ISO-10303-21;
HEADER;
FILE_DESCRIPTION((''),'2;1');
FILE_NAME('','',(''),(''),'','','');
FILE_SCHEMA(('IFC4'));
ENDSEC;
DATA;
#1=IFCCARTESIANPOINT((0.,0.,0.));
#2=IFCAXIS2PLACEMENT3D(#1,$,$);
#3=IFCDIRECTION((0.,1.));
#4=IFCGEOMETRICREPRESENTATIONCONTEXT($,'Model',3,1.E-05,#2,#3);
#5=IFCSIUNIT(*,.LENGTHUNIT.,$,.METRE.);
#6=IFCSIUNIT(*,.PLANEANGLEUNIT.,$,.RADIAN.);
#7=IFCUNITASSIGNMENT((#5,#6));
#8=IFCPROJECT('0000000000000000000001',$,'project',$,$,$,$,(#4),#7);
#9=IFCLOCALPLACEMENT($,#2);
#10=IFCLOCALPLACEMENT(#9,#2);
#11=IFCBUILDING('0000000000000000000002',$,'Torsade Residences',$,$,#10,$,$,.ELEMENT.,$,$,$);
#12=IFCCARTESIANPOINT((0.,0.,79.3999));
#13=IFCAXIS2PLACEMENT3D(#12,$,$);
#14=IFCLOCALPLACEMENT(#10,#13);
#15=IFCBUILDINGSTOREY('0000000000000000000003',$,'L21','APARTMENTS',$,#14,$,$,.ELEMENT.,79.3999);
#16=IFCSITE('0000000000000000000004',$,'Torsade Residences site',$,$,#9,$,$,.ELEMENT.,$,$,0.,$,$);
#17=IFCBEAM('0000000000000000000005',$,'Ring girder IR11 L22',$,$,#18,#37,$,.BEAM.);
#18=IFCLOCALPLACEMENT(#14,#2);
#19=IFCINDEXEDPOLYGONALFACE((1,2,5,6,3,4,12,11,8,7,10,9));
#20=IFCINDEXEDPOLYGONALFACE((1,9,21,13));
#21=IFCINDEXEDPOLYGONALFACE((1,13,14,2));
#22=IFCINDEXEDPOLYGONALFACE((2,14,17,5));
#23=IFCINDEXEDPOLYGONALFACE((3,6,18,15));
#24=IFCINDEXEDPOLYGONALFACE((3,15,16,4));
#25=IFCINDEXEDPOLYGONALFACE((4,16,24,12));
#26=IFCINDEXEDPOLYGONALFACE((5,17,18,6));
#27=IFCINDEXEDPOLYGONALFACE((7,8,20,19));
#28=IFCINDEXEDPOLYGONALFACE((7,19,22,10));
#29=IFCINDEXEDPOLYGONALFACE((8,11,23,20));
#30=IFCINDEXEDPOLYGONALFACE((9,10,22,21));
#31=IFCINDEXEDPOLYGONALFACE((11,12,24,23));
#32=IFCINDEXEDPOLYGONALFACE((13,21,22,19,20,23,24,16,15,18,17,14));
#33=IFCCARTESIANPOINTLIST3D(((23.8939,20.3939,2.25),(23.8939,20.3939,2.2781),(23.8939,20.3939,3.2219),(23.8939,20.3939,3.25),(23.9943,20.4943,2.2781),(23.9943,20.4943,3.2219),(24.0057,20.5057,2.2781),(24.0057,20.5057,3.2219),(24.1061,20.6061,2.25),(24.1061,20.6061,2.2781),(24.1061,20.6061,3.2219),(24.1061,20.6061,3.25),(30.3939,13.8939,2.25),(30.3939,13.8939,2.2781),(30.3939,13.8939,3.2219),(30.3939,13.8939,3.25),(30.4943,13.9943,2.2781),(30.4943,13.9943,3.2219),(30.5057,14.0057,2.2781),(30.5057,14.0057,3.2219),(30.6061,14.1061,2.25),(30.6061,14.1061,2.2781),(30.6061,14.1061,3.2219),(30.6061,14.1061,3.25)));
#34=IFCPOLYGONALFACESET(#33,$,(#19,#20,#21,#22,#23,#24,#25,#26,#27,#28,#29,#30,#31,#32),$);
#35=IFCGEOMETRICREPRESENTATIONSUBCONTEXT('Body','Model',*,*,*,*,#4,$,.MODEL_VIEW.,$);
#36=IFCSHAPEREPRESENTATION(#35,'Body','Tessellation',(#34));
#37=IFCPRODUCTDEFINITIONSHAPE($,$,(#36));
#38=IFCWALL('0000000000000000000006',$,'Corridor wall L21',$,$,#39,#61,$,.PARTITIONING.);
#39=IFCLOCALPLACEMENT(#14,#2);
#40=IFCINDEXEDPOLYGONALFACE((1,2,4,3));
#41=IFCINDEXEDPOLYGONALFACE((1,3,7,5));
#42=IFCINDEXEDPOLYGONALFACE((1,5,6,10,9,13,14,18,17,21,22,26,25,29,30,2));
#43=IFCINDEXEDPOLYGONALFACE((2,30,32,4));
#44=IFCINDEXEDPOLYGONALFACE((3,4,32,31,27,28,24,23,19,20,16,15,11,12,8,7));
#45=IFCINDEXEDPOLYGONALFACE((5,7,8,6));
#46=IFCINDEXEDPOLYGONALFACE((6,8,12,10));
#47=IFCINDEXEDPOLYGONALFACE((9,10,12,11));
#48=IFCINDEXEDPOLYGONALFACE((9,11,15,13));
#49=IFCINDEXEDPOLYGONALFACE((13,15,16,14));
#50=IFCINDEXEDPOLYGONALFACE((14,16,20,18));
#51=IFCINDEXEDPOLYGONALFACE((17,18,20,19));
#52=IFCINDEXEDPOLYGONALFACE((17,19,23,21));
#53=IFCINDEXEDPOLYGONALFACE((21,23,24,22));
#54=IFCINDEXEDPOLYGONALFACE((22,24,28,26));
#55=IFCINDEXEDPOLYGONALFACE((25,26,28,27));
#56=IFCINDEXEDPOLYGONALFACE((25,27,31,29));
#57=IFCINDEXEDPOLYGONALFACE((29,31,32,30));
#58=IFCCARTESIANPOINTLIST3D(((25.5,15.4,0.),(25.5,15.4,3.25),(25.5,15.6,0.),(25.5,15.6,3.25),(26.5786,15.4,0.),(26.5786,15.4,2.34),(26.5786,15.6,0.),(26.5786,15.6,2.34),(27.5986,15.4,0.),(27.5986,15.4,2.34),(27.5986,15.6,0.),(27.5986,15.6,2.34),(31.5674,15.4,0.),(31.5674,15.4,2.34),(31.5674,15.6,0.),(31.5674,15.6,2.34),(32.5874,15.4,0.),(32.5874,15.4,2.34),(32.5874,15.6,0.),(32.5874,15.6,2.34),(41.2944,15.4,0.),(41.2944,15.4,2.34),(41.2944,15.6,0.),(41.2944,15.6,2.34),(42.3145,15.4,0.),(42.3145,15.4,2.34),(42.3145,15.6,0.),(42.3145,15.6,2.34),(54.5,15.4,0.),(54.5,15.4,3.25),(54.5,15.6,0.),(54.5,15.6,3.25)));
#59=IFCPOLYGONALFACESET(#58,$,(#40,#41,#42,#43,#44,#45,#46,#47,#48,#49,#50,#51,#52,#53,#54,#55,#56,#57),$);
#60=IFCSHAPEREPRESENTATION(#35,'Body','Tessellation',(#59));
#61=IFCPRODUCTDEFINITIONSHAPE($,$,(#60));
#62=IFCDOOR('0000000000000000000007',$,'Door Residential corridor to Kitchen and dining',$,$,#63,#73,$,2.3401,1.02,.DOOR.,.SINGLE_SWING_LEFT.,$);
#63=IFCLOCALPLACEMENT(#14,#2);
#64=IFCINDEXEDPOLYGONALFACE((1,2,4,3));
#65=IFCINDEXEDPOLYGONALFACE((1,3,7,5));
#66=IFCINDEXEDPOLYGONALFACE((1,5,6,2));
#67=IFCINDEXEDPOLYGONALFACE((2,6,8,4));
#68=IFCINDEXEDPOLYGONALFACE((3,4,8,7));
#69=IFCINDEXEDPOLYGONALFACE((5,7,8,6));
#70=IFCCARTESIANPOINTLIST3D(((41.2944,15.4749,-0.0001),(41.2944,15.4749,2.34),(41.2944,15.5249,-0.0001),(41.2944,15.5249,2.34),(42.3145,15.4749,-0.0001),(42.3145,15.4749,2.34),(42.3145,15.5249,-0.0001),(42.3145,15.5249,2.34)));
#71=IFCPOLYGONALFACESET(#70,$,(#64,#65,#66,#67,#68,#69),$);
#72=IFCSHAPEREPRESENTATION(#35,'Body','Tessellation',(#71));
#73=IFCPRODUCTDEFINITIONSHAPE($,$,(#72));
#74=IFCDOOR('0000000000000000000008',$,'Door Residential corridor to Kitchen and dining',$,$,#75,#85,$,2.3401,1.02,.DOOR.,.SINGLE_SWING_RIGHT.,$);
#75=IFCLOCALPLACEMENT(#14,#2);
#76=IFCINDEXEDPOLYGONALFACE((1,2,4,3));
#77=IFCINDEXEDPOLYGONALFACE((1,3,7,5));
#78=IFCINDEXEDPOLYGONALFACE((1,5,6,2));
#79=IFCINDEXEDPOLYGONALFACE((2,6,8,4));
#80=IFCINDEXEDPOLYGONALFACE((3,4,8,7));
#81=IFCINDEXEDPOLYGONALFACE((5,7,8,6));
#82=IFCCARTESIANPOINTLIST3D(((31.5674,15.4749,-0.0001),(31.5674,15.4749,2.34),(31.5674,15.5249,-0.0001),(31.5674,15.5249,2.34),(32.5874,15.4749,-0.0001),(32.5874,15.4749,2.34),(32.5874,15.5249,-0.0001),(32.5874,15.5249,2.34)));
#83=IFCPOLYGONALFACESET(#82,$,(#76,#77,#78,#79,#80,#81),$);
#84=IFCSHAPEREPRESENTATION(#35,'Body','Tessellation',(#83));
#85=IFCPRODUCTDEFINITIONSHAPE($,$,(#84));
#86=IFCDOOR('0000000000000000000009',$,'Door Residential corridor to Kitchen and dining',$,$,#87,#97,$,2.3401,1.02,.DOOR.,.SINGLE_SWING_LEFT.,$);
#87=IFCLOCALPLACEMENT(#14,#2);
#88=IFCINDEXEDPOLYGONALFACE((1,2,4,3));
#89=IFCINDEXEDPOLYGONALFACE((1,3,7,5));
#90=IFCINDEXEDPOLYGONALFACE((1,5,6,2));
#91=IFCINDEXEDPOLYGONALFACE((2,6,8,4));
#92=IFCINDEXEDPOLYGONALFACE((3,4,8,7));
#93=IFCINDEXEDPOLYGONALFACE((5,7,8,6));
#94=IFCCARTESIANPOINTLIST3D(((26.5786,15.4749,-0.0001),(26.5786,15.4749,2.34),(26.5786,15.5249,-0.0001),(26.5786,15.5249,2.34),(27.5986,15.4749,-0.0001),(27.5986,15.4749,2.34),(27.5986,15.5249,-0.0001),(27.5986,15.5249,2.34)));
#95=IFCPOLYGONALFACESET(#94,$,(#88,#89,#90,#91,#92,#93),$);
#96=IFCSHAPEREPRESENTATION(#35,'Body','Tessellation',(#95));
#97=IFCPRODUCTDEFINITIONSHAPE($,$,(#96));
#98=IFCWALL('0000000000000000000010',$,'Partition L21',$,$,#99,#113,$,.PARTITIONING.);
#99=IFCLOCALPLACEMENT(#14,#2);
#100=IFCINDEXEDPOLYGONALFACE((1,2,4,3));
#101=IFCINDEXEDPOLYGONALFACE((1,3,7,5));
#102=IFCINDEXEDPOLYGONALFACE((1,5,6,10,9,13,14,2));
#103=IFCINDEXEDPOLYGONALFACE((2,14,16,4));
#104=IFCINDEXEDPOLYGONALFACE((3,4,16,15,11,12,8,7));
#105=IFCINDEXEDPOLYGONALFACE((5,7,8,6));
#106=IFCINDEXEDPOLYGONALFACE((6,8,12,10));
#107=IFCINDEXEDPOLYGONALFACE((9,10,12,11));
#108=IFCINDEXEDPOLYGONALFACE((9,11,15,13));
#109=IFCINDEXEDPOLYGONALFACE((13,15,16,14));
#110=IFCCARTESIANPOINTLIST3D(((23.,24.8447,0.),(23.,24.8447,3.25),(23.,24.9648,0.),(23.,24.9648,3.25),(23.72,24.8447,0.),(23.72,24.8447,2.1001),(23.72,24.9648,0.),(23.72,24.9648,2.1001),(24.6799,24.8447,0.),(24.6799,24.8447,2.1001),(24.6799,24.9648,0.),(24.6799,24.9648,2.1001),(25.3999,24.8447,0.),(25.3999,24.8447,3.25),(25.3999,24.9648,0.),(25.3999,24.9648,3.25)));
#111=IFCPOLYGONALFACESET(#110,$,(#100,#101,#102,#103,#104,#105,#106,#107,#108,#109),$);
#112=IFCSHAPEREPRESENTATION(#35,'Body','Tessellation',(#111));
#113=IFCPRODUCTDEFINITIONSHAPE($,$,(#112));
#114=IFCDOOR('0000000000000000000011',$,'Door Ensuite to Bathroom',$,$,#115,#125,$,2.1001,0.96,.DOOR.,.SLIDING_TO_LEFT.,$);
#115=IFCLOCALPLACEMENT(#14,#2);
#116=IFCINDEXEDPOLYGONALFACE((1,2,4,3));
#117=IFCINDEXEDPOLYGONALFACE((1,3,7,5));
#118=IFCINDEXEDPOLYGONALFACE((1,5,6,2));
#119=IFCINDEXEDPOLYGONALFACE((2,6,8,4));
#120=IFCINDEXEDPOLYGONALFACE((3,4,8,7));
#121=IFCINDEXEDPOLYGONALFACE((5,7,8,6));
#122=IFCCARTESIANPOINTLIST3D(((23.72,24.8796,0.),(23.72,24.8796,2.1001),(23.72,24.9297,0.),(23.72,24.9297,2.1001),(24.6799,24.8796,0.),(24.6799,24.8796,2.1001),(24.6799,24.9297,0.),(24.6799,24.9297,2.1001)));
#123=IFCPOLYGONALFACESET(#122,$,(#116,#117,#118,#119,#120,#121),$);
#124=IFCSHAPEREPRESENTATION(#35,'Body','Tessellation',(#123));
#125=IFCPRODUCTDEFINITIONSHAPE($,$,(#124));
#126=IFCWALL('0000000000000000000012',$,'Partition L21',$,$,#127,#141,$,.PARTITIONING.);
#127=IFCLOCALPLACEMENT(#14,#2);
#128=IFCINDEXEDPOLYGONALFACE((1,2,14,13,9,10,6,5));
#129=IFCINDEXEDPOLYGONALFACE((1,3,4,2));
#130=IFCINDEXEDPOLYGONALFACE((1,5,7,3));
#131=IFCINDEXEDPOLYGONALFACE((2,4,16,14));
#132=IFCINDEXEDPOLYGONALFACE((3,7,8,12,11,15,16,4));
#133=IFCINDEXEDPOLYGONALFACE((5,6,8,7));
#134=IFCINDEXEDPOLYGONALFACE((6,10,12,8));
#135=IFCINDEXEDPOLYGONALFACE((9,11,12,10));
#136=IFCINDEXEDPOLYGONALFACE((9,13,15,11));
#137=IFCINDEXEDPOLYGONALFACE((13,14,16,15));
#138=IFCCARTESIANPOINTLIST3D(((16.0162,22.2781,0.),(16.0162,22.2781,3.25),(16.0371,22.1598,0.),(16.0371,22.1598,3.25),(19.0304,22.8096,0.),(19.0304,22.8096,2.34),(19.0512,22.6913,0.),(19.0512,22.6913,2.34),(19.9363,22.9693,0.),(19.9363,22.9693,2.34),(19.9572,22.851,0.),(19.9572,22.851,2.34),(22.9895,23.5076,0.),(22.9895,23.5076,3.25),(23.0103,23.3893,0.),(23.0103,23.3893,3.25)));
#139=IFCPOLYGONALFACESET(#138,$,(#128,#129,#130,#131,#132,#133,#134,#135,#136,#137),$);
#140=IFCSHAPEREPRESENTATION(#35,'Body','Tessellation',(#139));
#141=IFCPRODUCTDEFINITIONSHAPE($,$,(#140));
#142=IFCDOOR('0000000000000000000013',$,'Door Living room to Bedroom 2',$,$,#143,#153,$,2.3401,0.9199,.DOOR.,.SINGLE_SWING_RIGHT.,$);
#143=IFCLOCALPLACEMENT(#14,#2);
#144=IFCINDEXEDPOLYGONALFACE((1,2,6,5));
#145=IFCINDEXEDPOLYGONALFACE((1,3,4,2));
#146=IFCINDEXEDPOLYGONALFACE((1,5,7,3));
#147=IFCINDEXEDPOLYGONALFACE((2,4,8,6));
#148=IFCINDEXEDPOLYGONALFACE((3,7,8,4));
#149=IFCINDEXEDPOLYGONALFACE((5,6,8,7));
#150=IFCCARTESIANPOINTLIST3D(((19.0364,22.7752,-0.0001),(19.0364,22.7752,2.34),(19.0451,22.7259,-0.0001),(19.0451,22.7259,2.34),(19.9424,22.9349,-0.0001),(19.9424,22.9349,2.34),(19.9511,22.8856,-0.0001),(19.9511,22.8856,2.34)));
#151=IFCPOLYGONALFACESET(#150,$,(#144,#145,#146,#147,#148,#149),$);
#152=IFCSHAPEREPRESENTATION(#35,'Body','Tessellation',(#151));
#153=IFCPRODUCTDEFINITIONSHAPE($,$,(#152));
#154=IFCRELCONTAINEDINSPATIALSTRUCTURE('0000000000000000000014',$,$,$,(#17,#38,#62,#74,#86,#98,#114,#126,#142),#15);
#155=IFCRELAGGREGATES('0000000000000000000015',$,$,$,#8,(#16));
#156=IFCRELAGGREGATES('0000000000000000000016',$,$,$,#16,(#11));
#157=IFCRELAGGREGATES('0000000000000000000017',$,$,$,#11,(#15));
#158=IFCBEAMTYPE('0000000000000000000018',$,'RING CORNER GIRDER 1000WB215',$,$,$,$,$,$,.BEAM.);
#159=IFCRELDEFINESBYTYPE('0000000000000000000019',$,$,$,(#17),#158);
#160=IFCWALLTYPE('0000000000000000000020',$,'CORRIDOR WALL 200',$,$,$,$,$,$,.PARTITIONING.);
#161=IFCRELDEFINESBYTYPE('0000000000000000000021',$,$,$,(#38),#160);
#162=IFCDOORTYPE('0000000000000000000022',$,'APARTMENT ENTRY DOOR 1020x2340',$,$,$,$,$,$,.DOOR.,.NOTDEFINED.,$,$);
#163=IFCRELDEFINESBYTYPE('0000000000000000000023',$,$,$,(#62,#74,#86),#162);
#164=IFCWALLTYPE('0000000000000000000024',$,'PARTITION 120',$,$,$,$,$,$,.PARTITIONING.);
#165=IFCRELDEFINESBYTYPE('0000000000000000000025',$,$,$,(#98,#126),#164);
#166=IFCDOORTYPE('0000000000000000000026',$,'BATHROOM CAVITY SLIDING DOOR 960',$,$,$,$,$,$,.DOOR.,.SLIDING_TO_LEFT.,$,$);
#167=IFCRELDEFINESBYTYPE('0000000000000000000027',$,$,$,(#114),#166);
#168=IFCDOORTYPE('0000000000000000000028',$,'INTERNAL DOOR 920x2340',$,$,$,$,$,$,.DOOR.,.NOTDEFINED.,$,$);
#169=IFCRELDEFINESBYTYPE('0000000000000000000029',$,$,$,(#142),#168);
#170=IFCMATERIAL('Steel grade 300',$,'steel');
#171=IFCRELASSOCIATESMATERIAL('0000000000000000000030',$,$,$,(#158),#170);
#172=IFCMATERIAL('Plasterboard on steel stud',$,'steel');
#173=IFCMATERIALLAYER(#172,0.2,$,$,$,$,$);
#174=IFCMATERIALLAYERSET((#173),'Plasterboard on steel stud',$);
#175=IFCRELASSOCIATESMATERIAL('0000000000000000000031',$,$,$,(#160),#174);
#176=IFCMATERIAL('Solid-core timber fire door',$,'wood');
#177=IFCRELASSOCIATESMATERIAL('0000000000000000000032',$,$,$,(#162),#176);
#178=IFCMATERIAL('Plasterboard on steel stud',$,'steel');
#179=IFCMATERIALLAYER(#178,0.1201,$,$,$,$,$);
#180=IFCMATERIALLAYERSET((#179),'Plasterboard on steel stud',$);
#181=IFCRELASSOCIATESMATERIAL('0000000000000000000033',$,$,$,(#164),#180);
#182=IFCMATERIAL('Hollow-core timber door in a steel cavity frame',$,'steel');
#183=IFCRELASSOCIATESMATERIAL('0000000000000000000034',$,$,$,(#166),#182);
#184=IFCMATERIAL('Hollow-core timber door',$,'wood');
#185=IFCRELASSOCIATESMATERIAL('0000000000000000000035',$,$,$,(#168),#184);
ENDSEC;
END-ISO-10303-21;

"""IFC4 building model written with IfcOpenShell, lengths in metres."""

from ifc_helpers import new_model, si_unit, direction, frame, frame_2d, origin, origin_2d, place, context, subcontext, project, spatial, rectangle, i_section, extrude, material, layer, layer_set, material_profile, profile_set, type_object, element, fill, save


model = new_model("IFC4")

# Units and contexts
model_context = context("Model", 3, precision=1e-05, world=origin(), true_north=direction((0.0, 1.0)))
body_context = subcontext(model_context, "Body", "Model", "MODEL_VIEW")
ifc_project = project(units=[si_unit("LENGTHUNIT", "METRE"), si_unit("PLANEANGLEUNIT", "RADIAN")], contexts=[model_context])

# Site, building, storey
site_placement = place(None, origin())
site = spatial("IfcSite", under=ifc_project, at=site_placement, Name="Torsade Residences site", CompositionType="ELEMENT", RefElevation=0.0)
building_placement = place(site_placement, origin())
building = spatial("IfcBuilding", under=site, at=building_placement, Name="Torsade Residences", CompositionType="ELEMENT")
storey_placement = place(building_placement, frame((0.0, 0.0, 79.3999)))
storey = spatial("IfcBuildingStorey", under=building, at=storey_placement, Name="L21", Description="APARTMENTS", CompositionType="ELEMENT", Elevation=79.3999)

# Beam
ifc_material_1 = material(Name="Steel grade 300", Category="steel")
ifc_material_profile_1 = material_profile(ifc_material_1, i_section(OverallWidth=0.3, OverallDepth=1.0, WebThickness=0.0161, FlangeThickness=0.0281, at=origin_2d()), Name="1000WB215")
ifc_profile_set_1 = profile_set([ifc_material_profile_1], Name="Steel grade 300")
beam_type_1 = type_object("IfcBeamType", Name="RING CORNER GIRDER 1000WB215", PredefinedType="BEAM", material=ifc_profile_set_1)
beam_1_placement = place(storey_placement, frame((24.0, 20.5, 2.75), z_axis=(0.707107, -0.707107, 0.0), x_axis=(0.707107, 0.707107, 0.0)))
element("IfcBeam", 1, at=beam_1_placement, inside=storey, type_object=beam_type_1, Name="Ring girder IR11 L22", PredefinedType="BEAM", context=body_context, shape_type="SweptSolid", body=[
    extrude(i_section(OverallWidth=0.3, OverallDepth=1.0, WebThickness=0.0161, FlangeThickness=0.0281, at=origin_2d()), origin(), (0.0, 0.0, 1.0), 9.1924),
])

# Wall, openings, doors
ifc_material_2 = material(Name="Plasterboard on steel stud", Category="steel")
ifc_layer_1 = layer(ifc_material_2, 0.2)
ifc_layer_set_1 = layer_set([ifc_layer_1], Name="Plasterboard on steel stud")
wall_type_1 = type_object("IfcWallType", Name="CORRIDOR WALL 200", PredefinedType="PARTITIONING", material=ifc_layer_set_1)
wall_1_placement = place(storey_placement, frame((25.5, 15.5, 0.0), z_axis=(0.0, 0.0, 1.0), x_axis=(1.0, 0.0, 0.0)))
wall_1 = element("IfcWall", 2, at=wall_1_placement, inside=storey, type_object=wall_type_1, Name="Corridor wall L21", PredefinedType="PARTITIONING", context=body_context, shape_type="SweptSolid", body=[
    extrude(rectangle(XDim=29.0, YDim=0.2, at=frame_2d((14.5, 0.0))), origin(), (0.0, 0.0, 1.0), 3.25),
])
opening_1_placement = place(wall_1_placement, frame((15.7944, 0.0, 0.0)))
opening_1 = element("IfcOpeningElement", 3, at=opening_1_placement, cuts=wall_1, PredefinedType="OPENING", context=body_context, shape_type="SweptSolid", body=[
    extrude(rectangle(XDim=1.02, YDim=2.3401, at=frame_2d((0.51, 1.1699))), frame((0.0, 0.1099, 0.0), z_axis=(0.0, -1.0, 0.0), x_axis=(1.0, 0.0, 0.0)), (0.0, 0.0, 1.0), 0.22),
])
opening_2_placement = place(wall_1_placement, frame((6.0674, 0.0, 0.0)))
opening_2 = element("IfcOpeningElement", 4, at=opening_2_placement, cuts=wall_1, PredefinedType="OPENING", context=body_context, shape_type="SweptSolid", body=[
    extrude(rectangle(XDim=1.02, YDim=2.3401, at=frame_2d((0.51, 1.1699))), frame((0.0, 0.1099, 0.0), z_axis=(0.0, -1.0, 0.0), x_axis=(1.0, 0.0, 0.0)), (0.0, 0.0, 1.0), 0.22),
])
opening_3_placement = place(wall_1_placement, frame((1.0786, 0.0, 0.0)))
opening_3 = element("IfcOpeningElement", 5, at=opening_3_placement, cuts=wall_1, PredefinedType="OPENING", context=body_context, shape_type="SweptSolid", body=[
    extrude(rectangle(XDim=1.02, YDim=2.3401, at=frame_2d((0.51, 1.1699))), frame((0.0, 0.1099, 0.0), z_axis=(0.0, -1.0, 0.0), x_axis=(1.0, 0.0, 0.0)), (0.0, 0.0, 1.0), 0.22),
])
ifc_material_3 = material(Name="Solid-core timber fire door", Category="wood")
door_type_1 = type_object("IfcDoorType", Name="APARTMENT ENTRY DOOR 1020x2340", OperationType="NOTDEFINED", PredefinedType="DOOR", material=ifc_material_3)
door_1_placement = place(opening_1_placement, origin())
door_1 = element("IfcDoor", 6, at=door_1_placement, inside=storey, type_object=door_type_1, Name="Door Residential corridor to Kitchen and dining", OperationType="SINGLE_SWING_LEFT", OverallHeight=2.3401, OverallWidth=1.02, PredefinedType="DOOR", context=body_context, shape_type="SweptSolid", body=[
    extrude(rectangle(XDim=1.02, YDim=2.3401, at=frame_2d((0.51, 1.1699))), frame((0.0, 0.0249, 0.0), z_axis=(0.0, -1.0, 0.0), x_axis=(1.0, 0.0, 0.0)), (0.0, 0.0, 1.0), 0.05),
])
fill(opening_1, door_1)
door_2_placement = place(opening_2_placement, origin())
door_2 = element("IfcDoor", 7, at=door_2_placement, inside=storey, type_object=door_type_1, Name="Door Residential corridor to Kitchen and dining", OperationType="SINGLE_SWING_RIGHT", OverallHeight=2.3401, OverallWidth=1.02, PredefinedType="DOOR", context=body_context, shape_type="SweptSolid", body=[
    extrude(rectangle(XDim=1.02, YDim=2.3401, at=frame_2d((0.51, 1.1699))), frame((0.0, 0.0249, 0.0), z_axis=(0.0, -1.0, 0.0), x_axis=(1.0, 0.0, 0.0)), (0.0, 0.0, 1.0), 0.05),
])
fill(opening_2, door_2)
door_3_placement = place(opening_3_placement, origin())
door_3 = element("IfcDoor", 8, at=door_3_placement, inside=storey, type_object=door_type_1, Name="Door Residential corridor to Kitchen and dining", OperationType="SINGLE_SWING_LEFT", OverallHeight=2.3401, OverallWidth=1.02, PredefinedType="DOOR", context=body_context, shape_type="SweptSolid", body=[
    extrude(rectangle(XDim=1.02, YDim=2.3401, at=frame_2d((0.51, 1.1699))), frame((0.0, 0.0249, 0.0), z_axis=(0.0, -1.0, 0.0), x_axis=(1.0, 0.0, 0.0)), (0.0, 0.0, 1.0), 0.05),
])
fill(opening_3, door_3)

# Walls, openings, doors
ifc_material_4 = material(Name="Plasterboard on steel stud", Category="steel")
ifc_layer_2 = layer(ifc_material_4, 0.1201)
ifc_layer_set_2 = layer_set([ifc_layer_2], Name="Plasterboard on steel stud")
wall_type_2 = type_object("IfcWallType", Name="PARTITION 120", PredefinedType="PARTITIONING", material=ifc_layer_set_2)
wall_2_placement = place(storey_placement, frame((23.0, 24.9048, 0.0), z_axis=(0.0, 0.0, 1.0), x_axis=(1.0, 0.0, 0.0)))
wall_2 = element("IfcWall", 9, at=wall_2_placement, inside=storey, type_object=wall_type_2, Name="Partition L21", PredefinedType="PARTITIONING", context=body_context, shape_type="SweptSolid", body=[
    extrude(rectangle(XDim=2.3999, YDim=0.1201, at=frame_2d((1.2, 0.0))), origin(), (0.0, 0.0, 1.0), 3.25),
])
opening_4_placement = place(wall_2_placement, frame((0.72, 0.0, 0.0)))
opening_4 = element("IfcOpeningElement", 10, at=opening_4_placement, cuts=wall_2, PredefinedType="OPENING", context=body_context, shape_type="SweptSolid", body=[
    extrude(rectangle(XDim=0.96, YDim=2.1001, at=frame_2d((0.48, 1.05))), frame((0.0, 0.0701, 0.0), z_axis=(0.0, -1.0, 0.0), x_axis=(1.0, 0.0, 0.0)), (0.0, 0.0, 1.0), 0.1401),
])
ifc_material_5 = material(Name="Hollow-core timber door in a steel cavity frame", Category="steel")
door_type_2 = type_object("IfcDoorType", Name="BATHROOM CAVITY SLIDING DOOR 960", OperationType="SLIDING_TO_LEFT", PredefinedType="DOOR", material=ifc_material_5)
door_4_placement = place(opening_4_placement, origin())
door_4 = element("IfcDoor", 11, at=door_4_placement, inside=storey, type_object=door_type_2, Name="Door Ensuite to Bathroom", OperationType="SLIDING_TO_LEFT", OverallHeight=2.1001, OverallWidth=0.96, PredefinedType="DOOR", context=body_context, shape_type="SweptSolid", body=[
    extrude(rectangle(XDim=0.96, YDim=2.1001, at=frame_2d((0.48, 1.05))), frame((0.0, 0.0249, 0.0), z_axis=(0.0, -1.0, 0.0), x_axis=(1.0, 0.0, 0.0)), (0.0, 0.0, 1.0), 0.05),
])
fill(opening_4, door_4)
wall_3_placement = place(storey_placement, frame((23.0, 23.4485, 0.0), z_axis=(0.0, 0.0, 1.0), x_axis=(-0.984809, -0.17364, 0.0)))
wall_3 = element("IfcWall", 12, at=wall_3_placement, inside=storey, type_object=wall_type_2, Name="Partition L21", PredefinedType="PARTITIONING", context=body_context, shape_type="SweptSolid", body=[
    extrude(rectangle(XDim=7.0808, YDim=0.1201, at=frame_2d((3.5405, 0.0))), origin(), (0.0, 0.0, 1.0), 3.25),
])
opening_5_placement = place(wall_3_placement, frame((3.1003, 0.0, 0.0)))
opening_5 = element("IfcOpeningElement", 13, at=opening_5_placement, cuts=wall_3, PredefinedType="OPENING", context=body_context, shape_type="SweptSolid", body=[
    extrude(rectangle(XDim=0.9199, YDim=2.3401, at=frame_2d((0.46, 1.1699))), frame((0.0, 0.0701, 0.0), z_axis=(0.0, -1.0, 0.0), x_axis=(1.0, 0.0, 0.0)), (0.0, 0.0, 1.0), 0.1401),
])
ifc_material_6 = material(Name="Hollow-core timber door", Category="wood")
door_type_3 = type_object("IfcDoorType", Name="INTERNAL DOOR 920x2340", OperationType="NOTDEFINED", PredefinedType="DOOR", material=ifc_material_6)
door_5_placement = place(opening_5_placement, origin())
door_5 = element("IfcDoor", 14, at=door_5_placement, inside=storey, type_object=door_type_3, Name="Door Living room to Bedroom 2", OperationType="SINGLE_SWING_RIGHT", OverallHeight=2.3401, OverallWidth=0.9199, PredefinedType="DOOR", context=body_context, shape_type="SweptSolid", body=[
    extrude(rectangle(XDim=0.9199, YDim=2.3401, at=frame_2d((0.46, 1.1699))), frame((0.0, 0.0249, 0.0), z_axis=(0.0, -1.0, 0.0), x_axis=(1.0, 0.0, 0.0)), (0.0, 0.0, 1.0), 0.05),
])
fill(opening_5, door_5)

save(model, "model.ifc")
